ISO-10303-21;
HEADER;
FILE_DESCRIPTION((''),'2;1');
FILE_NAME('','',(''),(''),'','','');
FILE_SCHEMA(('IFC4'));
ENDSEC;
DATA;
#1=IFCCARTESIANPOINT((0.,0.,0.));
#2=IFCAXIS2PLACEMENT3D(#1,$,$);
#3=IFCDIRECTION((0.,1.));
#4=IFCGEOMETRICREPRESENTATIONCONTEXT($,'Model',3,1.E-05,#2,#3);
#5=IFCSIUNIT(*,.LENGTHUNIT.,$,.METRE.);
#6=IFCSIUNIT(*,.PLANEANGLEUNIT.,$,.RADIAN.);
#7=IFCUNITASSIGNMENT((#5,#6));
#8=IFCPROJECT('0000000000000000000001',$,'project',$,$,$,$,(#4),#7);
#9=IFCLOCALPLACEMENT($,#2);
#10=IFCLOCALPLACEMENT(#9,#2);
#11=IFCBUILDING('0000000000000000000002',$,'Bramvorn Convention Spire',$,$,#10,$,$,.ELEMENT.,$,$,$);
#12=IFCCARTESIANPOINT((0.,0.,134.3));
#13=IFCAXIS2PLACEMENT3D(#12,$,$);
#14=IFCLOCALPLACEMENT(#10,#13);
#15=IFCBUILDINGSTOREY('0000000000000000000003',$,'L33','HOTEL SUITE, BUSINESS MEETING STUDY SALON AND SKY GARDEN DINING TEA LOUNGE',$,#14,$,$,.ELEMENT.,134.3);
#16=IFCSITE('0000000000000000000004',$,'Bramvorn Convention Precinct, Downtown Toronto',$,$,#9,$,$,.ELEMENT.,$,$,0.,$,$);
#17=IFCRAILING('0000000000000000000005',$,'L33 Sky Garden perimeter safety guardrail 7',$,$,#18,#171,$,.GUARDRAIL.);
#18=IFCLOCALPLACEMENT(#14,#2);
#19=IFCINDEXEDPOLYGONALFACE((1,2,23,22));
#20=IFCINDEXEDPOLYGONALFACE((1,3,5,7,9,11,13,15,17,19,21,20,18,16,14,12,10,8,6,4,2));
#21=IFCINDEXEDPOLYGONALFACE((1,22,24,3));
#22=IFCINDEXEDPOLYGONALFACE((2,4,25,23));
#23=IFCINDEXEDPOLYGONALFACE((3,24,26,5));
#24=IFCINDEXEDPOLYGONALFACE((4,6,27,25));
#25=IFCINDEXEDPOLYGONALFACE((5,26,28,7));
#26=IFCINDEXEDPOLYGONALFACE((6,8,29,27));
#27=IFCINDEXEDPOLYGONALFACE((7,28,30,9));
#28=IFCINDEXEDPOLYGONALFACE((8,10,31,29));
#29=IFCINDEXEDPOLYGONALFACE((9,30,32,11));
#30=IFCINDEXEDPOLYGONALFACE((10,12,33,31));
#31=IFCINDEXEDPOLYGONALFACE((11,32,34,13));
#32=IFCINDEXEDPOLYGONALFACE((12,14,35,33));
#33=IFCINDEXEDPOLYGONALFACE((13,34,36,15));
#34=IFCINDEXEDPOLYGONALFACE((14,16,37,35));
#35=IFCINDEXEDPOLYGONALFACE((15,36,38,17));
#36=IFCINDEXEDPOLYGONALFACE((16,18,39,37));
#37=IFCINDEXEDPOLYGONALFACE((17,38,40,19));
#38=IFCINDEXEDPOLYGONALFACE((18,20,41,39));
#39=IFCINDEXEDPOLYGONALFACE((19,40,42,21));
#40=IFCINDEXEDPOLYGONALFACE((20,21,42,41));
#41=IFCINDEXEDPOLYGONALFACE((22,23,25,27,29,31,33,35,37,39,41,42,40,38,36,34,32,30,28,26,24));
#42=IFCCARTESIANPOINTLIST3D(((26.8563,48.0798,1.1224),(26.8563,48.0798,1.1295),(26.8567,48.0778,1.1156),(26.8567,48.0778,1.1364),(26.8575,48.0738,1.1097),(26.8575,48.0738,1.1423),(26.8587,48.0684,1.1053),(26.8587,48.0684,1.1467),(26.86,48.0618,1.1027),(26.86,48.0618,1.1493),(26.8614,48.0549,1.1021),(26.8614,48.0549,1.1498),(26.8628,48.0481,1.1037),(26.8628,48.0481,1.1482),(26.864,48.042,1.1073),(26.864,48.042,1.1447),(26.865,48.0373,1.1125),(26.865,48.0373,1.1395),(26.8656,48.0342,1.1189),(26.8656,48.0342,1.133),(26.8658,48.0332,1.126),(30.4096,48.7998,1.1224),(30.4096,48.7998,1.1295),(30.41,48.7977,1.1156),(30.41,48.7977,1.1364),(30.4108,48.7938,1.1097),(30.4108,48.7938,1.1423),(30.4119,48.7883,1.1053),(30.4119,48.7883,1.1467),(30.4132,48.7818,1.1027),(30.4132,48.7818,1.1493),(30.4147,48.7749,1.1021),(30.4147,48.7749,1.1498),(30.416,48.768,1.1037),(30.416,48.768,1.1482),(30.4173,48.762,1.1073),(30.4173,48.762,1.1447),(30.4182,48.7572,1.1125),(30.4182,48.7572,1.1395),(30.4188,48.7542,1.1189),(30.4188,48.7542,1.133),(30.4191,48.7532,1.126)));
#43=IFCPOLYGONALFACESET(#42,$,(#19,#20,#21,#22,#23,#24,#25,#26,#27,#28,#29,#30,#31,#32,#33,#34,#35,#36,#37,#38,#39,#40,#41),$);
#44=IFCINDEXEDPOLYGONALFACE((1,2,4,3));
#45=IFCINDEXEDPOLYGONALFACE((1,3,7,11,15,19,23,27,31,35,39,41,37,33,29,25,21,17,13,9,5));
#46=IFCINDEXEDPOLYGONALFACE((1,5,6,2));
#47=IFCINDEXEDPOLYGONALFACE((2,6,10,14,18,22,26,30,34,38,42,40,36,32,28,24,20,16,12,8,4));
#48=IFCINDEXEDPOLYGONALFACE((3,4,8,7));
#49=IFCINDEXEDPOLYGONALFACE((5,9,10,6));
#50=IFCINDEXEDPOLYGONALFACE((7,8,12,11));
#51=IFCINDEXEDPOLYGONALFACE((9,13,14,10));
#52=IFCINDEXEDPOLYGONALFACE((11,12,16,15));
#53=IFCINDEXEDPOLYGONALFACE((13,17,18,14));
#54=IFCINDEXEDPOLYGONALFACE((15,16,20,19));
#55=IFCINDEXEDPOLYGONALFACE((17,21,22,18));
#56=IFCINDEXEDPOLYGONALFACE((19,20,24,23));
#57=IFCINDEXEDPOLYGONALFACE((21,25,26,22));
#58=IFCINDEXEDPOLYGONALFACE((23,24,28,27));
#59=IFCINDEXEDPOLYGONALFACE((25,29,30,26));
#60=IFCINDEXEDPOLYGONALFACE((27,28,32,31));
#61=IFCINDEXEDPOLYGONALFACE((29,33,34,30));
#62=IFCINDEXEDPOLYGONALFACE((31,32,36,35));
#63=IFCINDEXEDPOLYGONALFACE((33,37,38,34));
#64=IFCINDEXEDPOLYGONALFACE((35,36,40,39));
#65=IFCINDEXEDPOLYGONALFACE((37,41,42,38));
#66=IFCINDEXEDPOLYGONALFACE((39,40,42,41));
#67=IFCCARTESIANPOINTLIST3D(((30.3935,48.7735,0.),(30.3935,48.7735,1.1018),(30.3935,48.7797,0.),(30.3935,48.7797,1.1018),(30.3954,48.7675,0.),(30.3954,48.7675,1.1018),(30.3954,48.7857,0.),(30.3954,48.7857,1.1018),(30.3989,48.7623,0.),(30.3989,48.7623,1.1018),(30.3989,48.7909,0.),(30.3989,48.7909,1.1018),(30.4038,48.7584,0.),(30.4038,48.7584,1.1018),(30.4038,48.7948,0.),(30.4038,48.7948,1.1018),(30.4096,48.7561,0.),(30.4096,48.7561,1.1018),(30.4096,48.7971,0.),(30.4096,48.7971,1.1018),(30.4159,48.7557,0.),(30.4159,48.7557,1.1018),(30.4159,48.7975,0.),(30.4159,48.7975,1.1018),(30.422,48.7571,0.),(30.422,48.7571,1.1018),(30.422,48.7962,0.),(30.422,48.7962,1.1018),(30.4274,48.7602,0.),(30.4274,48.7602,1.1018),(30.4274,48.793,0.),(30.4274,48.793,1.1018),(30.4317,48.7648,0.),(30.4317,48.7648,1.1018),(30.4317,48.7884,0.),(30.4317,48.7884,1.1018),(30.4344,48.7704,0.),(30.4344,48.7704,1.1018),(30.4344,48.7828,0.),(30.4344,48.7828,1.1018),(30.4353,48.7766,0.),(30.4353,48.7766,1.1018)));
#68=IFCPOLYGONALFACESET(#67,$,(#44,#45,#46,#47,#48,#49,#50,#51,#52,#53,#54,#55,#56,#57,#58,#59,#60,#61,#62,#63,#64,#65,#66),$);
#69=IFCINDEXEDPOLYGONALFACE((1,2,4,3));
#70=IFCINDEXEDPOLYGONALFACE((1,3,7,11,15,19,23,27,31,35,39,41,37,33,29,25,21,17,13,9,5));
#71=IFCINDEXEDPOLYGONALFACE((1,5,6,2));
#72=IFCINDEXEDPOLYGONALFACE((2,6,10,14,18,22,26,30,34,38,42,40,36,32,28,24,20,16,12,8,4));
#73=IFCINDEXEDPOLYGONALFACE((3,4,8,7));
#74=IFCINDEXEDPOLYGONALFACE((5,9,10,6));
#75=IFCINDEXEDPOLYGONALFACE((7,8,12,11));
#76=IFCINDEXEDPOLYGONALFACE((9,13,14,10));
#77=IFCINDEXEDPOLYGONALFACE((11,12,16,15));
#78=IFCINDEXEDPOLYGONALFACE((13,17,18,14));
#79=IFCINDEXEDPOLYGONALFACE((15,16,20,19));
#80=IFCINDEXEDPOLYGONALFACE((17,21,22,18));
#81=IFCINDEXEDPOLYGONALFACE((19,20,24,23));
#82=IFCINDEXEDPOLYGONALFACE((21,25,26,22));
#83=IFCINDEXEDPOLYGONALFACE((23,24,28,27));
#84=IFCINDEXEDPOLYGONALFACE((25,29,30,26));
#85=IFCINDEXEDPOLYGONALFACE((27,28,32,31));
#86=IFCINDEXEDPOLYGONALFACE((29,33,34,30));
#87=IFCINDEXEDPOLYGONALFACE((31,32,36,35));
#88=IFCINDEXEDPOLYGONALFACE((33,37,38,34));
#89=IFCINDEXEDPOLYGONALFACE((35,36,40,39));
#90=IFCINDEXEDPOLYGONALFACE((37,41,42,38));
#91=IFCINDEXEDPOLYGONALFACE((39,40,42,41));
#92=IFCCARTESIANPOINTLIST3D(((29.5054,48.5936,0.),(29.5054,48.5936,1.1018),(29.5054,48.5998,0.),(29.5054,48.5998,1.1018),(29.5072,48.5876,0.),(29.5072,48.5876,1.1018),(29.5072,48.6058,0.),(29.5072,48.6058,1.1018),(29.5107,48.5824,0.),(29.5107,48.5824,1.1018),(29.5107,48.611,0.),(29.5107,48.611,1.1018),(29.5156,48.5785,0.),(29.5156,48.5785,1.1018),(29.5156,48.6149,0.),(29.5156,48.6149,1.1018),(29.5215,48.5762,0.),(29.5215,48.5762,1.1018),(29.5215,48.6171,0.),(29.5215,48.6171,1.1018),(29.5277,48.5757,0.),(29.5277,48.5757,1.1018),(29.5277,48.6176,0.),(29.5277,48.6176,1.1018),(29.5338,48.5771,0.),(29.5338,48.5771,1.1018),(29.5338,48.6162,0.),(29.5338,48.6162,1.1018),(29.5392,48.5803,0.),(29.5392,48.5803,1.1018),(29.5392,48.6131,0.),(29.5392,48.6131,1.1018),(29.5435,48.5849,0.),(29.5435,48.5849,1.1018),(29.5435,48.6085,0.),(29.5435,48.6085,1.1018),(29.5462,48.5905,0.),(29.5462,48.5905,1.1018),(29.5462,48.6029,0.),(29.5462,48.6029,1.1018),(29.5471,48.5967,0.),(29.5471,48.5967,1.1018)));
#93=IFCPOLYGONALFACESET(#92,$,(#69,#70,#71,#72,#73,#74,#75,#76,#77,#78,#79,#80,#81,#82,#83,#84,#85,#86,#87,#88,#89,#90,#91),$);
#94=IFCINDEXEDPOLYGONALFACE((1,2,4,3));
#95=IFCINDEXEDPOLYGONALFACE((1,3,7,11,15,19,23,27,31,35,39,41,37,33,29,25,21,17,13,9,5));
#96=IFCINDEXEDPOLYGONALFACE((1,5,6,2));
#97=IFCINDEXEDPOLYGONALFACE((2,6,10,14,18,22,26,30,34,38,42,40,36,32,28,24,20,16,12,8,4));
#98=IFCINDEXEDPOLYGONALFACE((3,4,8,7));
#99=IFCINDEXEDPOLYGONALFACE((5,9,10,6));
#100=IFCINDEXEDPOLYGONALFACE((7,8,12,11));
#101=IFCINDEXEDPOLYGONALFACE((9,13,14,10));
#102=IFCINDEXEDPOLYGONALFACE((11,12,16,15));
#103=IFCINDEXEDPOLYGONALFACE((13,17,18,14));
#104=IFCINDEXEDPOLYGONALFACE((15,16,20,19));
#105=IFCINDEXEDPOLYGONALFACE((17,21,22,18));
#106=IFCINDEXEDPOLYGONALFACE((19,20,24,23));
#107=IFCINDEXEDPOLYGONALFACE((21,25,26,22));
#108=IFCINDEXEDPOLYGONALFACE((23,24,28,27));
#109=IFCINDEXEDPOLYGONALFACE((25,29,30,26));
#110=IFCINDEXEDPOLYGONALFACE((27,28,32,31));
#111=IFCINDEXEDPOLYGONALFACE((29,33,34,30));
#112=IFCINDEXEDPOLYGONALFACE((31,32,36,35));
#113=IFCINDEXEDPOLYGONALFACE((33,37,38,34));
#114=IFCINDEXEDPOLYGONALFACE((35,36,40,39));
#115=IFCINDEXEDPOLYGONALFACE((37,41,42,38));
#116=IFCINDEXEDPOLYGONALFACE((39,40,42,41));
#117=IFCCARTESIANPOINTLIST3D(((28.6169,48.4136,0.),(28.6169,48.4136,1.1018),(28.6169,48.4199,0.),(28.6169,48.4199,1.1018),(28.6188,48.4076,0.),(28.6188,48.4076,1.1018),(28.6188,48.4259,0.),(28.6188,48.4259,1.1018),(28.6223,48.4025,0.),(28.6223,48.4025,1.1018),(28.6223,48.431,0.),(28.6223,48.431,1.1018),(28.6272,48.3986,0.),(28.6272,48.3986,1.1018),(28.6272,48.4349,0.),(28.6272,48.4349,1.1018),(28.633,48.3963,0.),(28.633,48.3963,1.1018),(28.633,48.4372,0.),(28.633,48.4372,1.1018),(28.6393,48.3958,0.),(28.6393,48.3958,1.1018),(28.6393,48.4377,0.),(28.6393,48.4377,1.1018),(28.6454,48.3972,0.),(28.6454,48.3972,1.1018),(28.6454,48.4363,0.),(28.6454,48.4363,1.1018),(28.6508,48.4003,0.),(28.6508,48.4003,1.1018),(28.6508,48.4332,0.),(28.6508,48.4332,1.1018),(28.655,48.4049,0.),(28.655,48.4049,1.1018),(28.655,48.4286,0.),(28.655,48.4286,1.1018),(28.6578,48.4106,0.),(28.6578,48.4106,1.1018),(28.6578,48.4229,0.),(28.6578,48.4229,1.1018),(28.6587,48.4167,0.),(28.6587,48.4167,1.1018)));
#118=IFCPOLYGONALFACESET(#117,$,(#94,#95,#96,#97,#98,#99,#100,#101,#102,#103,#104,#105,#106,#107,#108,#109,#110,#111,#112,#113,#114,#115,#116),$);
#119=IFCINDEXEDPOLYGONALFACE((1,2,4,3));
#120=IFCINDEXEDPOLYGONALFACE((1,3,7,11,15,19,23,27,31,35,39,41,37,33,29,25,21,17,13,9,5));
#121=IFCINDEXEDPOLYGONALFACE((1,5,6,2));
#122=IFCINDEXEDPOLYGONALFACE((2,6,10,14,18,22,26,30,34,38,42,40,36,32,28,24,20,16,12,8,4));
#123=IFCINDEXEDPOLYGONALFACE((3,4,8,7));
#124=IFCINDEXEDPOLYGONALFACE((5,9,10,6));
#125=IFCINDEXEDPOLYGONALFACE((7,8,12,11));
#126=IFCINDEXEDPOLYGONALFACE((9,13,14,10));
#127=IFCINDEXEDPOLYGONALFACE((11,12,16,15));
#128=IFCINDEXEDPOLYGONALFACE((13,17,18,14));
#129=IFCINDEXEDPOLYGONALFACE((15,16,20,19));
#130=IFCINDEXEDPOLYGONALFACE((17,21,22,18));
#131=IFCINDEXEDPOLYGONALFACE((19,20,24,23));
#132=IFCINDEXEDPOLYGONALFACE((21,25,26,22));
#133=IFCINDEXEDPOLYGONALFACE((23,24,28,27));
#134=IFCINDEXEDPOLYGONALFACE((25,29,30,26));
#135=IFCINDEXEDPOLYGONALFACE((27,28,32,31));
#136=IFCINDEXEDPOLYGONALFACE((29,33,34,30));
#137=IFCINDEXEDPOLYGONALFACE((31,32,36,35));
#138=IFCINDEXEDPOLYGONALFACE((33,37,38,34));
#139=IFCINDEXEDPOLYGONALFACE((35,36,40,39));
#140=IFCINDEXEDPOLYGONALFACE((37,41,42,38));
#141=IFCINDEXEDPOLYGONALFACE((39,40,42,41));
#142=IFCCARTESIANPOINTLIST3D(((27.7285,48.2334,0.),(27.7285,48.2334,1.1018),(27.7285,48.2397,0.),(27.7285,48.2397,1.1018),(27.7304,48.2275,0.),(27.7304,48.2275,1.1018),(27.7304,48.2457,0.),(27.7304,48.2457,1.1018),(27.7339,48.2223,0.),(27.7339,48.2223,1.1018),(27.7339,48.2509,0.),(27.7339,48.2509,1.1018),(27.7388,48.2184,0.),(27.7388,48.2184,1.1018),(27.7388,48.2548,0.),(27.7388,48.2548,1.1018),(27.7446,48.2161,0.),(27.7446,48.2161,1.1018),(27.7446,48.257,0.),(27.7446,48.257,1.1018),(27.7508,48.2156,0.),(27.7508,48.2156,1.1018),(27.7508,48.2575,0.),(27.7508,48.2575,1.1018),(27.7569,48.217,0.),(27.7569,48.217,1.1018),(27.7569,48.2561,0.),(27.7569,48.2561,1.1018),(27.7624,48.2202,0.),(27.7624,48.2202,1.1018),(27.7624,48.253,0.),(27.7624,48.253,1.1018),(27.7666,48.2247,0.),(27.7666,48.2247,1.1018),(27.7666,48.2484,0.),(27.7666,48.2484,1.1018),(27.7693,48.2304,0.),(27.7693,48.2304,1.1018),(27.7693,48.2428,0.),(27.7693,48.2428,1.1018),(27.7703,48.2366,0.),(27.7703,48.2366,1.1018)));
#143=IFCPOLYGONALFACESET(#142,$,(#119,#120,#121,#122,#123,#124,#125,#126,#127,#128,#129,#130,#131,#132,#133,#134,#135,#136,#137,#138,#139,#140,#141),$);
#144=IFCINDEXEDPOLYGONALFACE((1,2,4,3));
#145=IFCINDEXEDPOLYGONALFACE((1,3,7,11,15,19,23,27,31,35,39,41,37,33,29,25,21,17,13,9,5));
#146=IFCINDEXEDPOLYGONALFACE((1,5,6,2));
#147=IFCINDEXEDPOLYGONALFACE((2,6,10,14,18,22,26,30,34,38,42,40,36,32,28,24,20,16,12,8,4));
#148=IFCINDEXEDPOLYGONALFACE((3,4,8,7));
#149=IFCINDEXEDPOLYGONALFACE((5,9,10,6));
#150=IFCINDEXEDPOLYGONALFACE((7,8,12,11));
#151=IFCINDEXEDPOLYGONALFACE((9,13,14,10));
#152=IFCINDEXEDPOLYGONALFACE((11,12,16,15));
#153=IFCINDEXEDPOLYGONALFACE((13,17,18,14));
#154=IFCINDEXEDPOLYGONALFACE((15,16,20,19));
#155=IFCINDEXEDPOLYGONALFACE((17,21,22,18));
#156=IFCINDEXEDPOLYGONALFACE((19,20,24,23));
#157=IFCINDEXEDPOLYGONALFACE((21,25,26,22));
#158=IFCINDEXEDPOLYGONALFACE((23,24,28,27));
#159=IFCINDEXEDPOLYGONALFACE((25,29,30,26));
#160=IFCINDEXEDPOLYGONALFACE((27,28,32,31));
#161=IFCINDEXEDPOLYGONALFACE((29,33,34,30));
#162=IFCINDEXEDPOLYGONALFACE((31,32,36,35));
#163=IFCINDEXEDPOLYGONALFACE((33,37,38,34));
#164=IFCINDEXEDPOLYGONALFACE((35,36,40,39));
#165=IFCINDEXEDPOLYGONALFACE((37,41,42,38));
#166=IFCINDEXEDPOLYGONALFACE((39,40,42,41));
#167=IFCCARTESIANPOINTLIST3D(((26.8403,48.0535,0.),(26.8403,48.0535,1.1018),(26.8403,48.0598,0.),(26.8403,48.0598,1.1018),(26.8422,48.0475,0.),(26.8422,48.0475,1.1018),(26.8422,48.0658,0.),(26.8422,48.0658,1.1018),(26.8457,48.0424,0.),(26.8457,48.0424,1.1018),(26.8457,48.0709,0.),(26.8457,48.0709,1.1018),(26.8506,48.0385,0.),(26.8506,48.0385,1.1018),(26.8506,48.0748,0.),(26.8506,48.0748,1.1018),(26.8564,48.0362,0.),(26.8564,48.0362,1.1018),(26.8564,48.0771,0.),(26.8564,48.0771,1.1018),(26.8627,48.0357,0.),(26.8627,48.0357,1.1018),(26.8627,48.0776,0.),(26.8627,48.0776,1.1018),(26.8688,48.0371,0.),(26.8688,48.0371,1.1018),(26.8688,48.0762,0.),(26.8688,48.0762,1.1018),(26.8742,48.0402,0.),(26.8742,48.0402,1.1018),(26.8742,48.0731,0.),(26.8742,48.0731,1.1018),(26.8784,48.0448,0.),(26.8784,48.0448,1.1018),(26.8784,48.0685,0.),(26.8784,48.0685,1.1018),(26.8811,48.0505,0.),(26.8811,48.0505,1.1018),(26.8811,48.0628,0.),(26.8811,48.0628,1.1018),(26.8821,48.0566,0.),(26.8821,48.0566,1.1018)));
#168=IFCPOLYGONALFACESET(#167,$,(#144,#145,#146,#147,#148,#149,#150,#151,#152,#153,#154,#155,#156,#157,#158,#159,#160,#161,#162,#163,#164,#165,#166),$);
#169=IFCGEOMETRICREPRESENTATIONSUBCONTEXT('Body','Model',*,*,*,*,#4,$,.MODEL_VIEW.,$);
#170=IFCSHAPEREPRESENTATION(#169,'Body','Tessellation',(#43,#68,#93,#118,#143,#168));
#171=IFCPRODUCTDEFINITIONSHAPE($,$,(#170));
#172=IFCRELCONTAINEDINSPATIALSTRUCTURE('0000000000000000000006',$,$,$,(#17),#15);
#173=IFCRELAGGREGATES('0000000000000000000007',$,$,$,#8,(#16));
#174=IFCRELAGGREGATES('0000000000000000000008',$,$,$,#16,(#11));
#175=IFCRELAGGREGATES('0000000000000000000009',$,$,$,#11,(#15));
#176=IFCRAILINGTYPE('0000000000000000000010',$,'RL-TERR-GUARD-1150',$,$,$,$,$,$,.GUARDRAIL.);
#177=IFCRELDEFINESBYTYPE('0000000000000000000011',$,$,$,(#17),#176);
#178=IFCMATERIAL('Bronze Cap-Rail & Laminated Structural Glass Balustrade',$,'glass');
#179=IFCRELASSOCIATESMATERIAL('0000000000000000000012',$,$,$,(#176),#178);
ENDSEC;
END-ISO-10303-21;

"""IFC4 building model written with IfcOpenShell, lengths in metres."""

from ifc_helpers import new_model, si_unit, direction, frame, origin, origin_2d, place, context, subcontext, project, spatial, circle, extrude, material, type_object, element, save


model = new_model("IFC4")

# Units and contexts
model_context = context("Model", 3, precision=1e-05, world=origin(), true_north=direction((0.0, 1.0)))
body_context = subcontext(model_context, "Body", "Model", "MODEL_VIEW")
ifc_project = project(units=[si_unit("LENGTHUNIT", "METRE"), si_unit("PLANEANGLEUNIT", "RADIAN")], contexts=[model_context])

# Site, building, storey
site_placement = place(None, origin())
site = spatial("IfcSite", under=ifc_project, at=site_placement, Name="Bramvorn Convention Precinct, Downtown Toronto", CompositionType="ELEMENT", RefElevation=0.0)
building_placement = place(site_placement, origin())
building = spatial("IfcBuilding", under=site, at=building_placement, Name="Bramvorn Convention Spire", CompositionType="ELEMENT")
storey_placement = place(building_placement, frame((0.0, 0.0, 134.3)))
storey = spatial("IfcBuildingStorey", under=building, at=storey_placement, Name="L33", Description="HOTEL SUITE, BUSINESS MEETING STUDY SALON AND SKY GARDEN DINING TEA LOUNGE", CompositionType="ELEMENT", Elevation=134.3)

# Railing
ifc_material_1 = material(Name="Bronze Cap-Rail & Laminated Structural Glass Balustrade", Category="glass")
railing_type = type_object("IfcRailingType", Name="RL-TERR-GUARD-1150", PredefinedType="GUARDRAIL", material=ifc_material_1)
railing_1_placement = place(storey_placement, frame((30.4143, 48.7766, 0.0)))
element("IfcRailing", 1, at=railing_1_placement, inside=storey, type_object=railing_type, Name="L33 Sky Garden perimeter safety guardrail 7", PredefinedType="GUARDRAIL", context=body_context, shape_type="SweptSolid", body=[
    extrude(circle(Radius=0.0239, at=origin_2d()), frame((0.0, 0.0, 1.126), z_axis=(-0.980083, -0.198589, 0.0), x_axis=(0.198589, -0.980083, 0.0)), (0.0, 0.0, 1.0), 3.6255),
    extrude(circle(Radius=0.021, at=origin_2d()), origin(), (0.0, 0.0, 1.0), 1.1018),
    extrude(circle(Radius=0.021, at=origin_2d()), frame((-0.8882, -0.1799, 0.0)), (0.0, 0.0, 1.0), 1.1018),
    extrude(circle(Radius=0.021, at=origin_2d()), frame((-1.7766, -0.3599, 0.0)), (0.0, 0.0, 1.0), 1.1018),
    extrude(circle(Radius=0.021, at=origin_2d()), frame((-2.665, -0.54, 0.0)), (0.0, 0.0, 1.0), 1.1018),
    extrude(circle(Radius=0.021, at=origin_2d()), frame((-3.5532, -0.72, 0.0)), (0.0, 0.0, 1.0), 1.1018),
])

save(model, "model.ifc")
